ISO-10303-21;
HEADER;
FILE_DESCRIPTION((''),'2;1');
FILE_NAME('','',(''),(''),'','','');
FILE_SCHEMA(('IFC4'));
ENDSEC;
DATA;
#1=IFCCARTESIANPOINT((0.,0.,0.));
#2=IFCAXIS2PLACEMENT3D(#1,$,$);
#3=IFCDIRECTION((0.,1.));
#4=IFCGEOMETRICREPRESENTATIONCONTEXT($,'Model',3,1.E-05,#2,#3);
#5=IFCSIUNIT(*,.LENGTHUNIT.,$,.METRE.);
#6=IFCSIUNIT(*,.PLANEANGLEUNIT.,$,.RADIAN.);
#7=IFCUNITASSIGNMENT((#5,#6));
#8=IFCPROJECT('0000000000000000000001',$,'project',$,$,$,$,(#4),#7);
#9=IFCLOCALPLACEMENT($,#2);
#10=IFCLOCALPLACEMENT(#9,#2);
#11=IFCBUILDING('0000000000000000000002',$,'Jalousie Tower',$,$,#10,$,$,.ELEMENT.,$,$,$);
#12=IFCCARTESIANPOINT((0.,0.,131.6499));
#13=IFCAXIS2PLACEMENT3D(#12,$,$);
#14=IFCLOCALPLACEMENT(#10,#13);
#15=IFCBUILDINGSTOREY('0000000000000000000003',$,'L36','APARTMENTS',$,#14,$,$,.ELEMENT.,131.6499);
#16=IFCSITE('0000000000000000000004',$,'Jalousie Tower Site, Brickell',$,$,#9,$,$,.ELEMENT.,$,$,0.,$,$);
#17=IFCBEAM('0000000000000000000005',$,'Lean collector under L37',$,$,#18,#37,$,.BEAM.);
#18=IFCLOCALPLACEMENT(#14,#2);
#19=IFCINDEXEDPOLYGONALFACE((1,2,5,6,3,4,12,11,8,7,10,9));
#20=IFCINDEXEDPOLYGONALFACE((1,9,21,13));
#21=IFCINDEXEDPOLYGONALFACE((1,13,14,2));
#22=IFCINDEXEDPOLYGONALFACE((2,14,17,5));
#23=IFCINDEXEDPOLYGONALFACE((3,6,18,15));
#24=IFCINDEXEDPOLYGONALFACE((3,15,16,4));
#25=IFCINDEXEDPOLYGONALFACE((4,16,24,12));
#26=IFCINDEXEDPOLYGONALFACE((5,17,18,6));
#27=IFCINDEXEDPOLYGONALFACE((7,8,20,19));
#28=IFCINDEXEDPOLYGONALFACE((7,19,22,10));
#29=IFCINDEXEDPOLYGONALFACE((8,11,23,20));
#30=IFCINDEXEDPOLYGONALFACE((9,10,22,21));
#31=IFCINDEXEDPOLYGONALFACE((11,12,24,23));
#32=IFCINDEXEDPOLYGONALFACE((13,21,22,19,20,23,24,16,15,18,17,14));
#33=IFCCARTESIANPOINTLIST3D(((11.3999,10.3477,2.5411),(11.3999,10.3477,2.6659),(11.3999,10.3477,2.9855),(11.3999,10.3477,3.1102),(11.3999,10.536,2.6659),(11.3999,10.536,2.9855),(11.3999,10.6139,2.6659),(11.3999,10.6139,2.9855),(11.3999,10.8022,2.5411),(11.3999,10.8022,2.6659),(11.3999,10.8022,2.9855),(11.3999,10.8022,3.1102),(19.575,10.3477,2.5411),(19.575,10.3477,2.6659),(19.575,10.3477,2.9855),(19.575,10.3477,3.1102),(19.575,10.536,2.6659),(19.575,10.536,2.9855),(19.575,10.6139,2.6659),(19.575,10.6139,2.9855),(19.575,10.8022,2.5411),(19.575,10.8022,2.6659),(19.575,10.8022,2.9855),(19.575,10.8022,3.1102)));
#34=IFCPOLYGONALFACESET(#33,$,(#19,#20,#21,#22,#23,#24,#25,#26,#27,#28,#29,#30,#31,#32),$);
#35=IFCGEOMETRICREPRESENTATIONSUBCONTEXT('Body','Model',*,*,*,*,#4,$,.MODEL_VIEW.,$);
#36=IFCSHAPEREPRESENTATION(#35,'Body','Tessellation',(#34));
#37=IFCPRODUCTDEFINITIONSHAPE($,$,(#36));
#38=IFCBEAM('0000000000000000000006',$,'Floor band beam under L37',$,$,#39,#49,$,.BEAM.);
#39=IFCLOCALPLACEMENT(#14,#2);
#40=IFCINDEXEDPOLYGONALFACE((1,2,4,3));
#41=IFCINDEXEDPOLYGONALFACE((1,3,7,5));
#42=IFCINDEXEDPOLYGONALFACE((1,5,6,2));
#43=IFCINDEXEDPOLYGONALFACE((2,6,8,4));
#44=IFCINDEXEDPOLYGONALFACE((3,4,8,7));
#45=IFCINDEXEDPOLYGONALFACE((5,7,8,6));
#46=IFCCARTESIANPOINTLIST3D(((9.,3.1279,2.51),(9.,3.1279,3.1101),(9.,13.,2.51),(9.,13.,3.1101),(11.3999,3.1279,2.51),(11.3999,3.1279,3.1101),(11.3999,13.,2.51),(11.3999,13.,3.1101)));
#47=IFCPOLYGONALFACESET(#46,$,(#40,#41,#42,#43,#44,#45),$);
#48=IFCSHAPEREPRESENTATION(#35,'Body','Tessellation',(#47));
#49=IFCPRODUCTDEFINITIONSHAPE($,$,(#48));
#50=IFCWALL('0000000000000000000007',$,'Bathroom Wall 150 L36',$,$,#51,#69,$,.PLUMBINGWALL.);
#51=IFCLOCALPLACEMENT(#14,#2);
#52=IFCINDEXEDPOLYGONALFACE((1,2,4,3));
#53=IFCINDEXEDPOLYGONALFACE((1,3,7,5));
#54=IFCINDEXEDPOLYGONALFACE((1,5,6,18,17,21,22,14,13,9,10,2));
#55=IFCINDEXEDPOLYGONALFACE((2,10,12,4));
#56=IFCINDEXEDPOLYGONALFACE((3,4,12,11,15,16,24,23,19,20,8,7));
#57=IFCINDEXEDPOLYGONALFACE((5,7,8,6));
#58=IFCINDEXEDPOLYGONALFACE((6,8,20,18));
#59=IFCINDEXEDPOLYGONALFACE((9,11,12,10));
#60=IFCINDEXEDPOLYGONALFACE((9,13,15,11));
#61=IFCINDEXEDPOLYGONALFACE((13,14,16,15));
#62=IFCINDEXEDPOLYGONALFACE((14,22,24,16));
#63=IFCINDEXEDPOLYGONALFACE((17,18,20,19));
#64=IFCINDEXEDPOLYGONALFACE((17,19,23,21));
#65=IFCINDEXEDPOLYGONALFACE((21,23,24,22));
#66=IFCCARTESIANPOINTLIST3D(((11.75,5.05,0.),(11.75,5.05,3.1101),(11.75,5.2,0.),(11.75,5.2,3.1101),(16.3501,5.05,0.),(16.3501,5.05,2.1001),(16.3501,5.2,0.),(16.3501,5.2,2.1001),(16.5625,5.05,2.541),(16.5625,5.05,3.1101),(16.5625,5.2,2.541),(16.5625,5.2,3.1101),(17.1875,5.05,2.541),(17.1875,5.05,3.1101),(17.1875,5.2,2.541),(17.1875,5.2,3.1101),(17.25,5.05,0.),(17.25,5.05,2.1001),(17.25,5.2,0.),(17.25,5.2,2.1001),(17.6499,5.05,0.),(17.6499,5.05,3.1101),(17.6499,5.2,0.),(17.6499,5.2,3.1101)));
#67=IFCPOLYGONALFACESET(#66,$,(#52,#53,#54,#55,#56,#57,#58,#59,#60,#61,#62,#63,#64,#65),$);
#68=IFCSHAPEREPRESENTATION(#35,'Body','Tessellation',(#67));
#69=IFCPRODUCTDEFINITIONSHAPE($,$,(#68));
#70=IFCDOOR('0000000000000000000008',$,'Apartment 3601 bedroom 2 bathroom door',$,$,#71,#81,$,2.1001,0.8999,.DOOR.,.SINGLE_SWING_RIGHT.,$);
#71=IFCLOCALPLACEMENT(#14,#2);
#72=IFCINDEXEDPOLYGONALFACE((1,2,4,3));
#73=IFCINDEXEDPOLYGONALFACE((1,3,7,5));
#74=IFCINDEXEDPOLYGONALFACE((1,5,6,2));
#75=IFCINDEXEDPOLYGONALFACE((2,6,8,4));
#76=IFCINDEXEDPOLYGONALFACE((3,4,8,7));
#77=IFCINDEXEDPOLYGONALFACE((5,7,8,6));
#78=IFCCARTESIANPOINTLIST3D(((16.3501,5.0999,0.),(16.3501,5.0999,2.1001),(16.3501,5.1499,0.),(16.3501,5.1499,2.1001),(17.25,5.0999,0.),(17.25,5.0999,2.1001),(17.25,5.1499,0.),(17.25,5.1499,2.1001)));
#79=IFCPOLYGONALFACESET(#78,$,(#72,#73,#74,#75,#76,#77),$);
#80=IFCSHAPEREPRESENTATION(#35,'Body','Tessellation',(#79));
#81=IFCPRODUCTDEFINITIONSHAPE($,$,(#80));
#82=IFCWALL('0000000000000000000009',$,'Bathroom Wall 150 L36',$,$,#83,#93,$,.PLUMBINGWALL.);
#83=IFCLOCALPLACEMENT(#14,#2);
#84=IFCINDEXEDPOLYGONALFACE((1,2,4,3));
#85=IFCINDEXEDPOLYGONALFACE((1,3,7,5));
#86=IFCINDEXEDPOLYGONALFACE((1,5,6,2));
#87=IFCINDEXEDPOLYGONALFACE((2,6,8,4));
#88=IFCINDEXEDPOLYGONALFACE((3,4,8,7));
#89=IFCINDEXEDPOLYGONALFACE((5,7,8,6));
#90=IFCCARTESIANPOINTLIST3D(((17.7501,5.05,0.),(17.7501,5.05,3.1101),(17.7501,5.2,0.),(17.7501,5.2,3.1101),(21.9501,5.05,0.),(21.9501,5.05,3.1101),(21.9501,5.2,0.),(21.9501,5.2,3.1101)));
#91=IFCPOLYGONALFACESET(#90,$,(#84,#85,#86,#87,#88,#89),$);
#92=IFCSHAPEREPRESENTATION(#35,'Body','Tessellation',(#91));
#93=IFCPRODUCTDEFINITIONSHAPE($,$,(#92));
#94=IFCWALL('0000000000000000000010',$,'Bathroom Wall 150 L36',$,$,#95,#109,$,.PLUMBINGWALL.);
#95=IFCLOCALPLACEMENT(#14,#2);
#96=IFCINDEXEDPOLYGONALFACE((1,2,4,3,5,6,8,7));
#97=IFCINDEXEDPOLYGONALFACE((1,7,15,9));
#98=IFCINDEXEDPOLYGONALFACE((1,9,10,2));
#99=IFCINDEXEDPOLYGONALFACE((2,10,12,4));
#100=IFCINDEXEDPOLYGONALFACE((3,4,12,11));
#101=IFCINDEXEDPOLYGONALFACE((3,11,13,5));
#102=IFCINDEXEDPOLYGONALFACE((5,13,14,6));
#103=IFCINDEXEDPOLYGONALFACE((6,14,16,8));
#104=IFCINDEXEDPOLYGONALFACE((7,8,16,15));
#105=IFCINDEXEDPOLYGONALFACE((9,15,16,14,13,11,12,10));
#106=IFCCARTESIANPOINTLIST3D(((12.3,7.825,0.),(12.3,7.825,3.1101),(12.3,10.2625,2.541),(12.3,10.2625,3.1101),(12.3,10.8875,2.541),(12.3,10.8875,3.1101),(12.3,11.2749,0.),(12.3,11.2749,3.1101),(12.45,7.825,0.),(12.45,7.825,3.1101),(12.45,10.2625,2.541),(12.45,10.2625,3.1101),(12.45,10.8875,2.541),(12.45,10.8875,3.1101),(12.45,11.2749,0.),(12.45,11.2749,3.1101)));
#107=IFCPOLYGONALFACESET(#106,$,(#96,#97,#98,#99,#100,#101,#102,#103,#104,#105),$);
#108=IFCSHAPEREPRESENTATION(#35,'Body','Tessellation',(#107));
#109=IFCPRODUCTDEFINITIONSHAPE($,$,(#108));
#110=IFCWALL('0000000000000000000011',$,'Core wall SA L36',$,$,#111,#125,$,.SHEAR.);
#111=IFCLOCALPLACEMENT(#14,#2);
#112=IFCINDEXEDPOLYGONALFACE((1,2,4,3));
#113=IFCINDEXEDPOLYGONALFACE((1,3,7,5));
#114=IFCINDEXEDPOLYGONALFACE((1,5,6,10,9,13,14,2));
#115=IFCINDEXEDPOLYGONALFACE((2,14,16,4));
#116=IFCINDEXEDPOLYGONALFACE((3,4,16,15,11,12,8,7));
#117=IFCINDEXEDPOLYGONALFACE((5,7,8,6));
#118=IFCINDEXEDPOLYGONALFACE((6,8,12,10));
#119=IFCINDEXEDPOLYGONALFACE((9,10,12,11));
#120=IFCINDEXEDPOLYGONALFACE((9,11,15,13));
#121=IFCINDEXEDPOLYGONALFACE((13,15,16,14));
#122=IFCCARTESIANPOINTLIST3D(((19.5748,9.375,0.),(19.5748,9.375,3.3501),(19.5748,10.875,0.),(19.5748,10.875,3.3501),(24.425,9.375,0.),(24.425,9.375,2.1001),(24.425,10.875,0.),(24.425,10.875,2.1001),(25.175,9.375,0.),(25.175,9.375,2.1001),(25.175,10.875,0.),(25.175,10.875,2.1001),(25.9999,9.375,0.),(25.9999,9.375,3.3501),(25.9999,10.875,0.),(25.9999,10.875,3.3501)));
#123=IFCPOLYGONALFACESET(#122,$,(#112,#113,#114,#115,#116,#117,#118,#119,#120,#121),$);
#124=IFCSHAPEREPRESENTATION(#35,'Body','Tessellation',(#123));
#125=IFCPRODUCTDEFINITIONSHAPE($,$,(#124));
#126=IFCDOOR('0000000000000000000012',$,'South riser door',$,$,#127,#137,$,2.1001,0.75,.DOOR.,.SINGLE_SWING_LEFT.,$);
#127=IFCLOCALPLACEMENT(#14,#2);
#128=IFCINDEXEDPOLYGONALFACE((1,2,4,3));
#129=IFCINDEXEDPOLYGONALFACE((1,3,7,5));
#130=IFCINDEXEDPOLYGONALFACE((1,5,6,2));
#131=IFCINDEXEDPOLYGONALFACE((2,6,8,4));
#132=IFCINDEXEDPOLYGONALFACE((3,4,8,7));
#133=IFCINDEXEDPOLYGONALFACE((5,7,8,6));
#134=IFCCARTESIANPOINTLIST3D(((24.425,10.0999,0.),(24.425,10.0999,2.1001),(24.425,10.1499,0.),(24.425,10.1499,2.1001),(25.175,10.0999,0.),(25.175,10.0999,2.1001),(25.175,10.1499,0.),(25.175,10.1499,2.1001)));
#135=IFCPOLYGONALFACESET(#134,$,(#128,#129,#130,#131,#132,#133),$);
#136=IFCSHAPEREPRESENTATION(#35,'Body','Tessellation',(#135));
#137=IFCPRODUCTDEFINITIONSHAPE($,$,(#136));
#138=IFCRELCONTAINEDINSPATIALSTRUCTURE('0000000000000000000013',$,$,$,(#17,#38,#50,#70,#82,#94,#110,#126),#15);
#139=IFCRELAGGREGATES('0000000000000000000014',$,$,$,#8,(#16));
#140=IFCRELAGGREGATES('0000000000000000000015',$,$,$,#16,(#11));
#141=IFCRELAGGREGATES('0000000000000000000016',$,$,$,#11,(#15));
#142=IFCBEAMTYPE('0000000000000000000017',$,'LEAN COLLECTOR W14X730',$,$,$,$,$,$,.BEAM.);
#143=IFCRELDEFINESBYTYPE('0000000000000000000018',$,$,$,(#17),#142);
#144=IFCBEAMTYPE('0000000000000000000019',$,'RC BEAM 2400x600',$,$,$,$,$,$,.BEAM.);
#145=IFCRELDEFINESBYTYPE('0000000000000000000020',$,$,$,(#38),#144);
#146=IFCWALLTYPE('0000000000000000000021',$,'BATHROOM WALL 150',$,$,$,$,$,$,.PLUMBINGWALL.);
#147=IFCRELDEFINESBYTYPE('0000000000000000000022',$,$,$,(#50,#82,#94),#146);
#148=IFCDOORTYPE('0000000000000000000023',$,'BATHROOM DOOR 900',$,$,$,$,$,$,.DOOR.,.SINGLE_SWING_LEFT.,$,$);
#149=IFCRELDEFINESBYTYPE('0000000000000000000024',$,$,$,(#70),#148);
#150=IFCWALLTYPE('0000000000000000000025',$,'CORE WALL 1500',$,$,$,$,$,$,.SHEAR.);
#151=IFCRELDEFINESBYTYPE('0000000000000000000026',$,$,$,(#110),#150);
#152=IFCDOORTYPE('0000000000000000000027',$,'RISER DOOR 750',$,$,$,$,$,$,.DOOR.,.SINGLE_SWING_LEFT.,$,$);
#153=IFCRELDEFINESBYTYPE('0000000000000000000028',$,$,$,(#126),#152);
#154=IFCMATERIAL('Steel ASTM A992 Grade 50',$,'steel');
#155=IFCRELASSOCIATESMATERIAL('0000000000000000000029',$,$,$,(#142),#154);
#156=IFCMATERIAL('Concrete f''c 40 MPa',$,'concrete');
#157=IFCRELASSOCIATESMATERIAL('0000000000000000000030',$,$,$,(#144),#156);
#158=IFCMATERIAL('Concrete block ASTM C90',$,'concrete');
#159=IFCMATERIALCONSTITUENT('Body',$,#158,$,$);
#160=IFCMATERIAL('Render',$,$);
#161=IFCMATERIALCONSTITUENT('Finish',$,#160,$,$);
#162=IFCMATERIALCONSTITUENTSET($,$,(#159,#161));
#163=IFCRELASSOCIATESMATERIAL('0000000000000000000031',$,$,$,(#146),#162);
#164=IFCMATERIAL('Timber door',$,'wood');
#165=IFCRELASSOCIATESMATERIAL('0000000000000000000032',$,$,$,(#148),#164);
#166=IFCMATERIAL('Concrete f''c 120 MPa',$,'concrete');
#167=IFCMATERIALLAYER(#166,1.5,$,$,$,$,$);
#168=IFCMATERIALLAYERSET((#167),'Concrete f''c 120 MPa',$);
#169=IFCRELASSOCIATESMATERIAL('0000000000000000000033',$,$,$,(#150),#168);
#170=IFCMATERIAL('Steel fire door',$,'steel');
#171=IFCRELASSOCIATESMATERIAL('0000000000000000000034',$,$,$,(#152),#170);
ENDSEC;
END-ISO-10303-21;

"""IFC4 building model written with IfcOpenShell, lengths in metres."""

from ifc_helpers import new_model, si_unit, direction, frame, frame_2d, origin, origin_2d, place, context, subcontext, project, spatial, polyline, rectangle, i_section, outline, extrude, material, layer, layer_set, constituent, constituent_set, material_profile, profile_set, type_object, element, fill, save


model = new_model("IFC4")

# Units and contexts
model_context = context("Model", 3, precision=1e-05, world=origin(), true_north=direction((0.0, 1.0)))
body_context = subcontext(model_context, "Body", "Model", "MODEL_VIEW")
ifc_project = project(units=[si_unit("LENGTHUNIT", "METRE"), si_unit("PLANEANGLEUNIT", "RADIAN")], contexts=[model_context])

# Site, building, storey
site_placement = place(None, origin())
site = spatial("IfcSite", under=ifc_project, at=site_placement, Name="Jalousie Tower Site, Brickell", CompositionType="ELEMENT", RefElevation=0.0)
building_placement = place(site_placement, origin())
building = spatial("IfcBuilding", under=site, at=building_placement, Name="Jalousie Tower", CompositionType="ELEMENT")
storey_placement = place(building_placement, frame((0.0, 0.0, 131.6499)))
storey = spatial("IfcBuildingStorey", under=building, at=storey_placement, Name="L36", Description="APARTMENTS", CompositionType="ELEMENT", Elevation=131.6499)

# Beams
ifc_material_1 = material(Name="Steel ASTM A992 Grade 50", Category="steel")
ifc_material_profile_1 = material_profile(ifc_material_1, i_section(OverallWidth=0.4546, OverallDepth=0.5691, WebThickness=0.0779, FlangeThickness=0.1248, at=origin_2d()), Name="W14X730")
ifc_profile_set_1 = profile_set([ifc_material_profile_1], Name="Steel ASTM A992 Grade 50")
beam_type_1 = type_object("IfcBeamType", Name="LEAN COLLECTOR W14X730", PredefinedType="BEAM", material=ifc_profile_set_1)
beam_1_placement = place(storey_placement, frame((11.3999, 10.575, 2.8257), z_axis=(1.0, 0.0, 0.0), x_axis=(0.0, 1.0, 0.0)))
element("IfcBeam", 1, at=beam_1_placement, inside=storey, type_object=beam_type_1, Name="Lean collector under L37", PredefinedType="BEAM", context=body_context, shape_type="SweptSolid", body=[
    extrude(i_section(OverallWidth=0.4546, OverallDepth=0.5691, WebThickness=0.0779, FlangeThickness=0.1248, at=origin_2d()), origin(), (0.0, 0.0, 1.0), 8.175),
])
ifc_material_2 = material(Name="Concrete f'c 40 MPa", Category="concrete")
ifc_material_profile_2 = material_profile(ifc_material_2, rectangle(XDim=2.3999, YDim=0.6001, at=origin_2d()), Name="RC 2400x600")
ifc_profile_set_2 = profile_set([ifc_material_profile_2], Name="Concrete f'c 40 MPa")
beam_type_2 = type_object("IfcBeamType", Name="RC BEAM 2400x600", PredefinedType="BEAM", material=ifc_profile_set_2)
beam_2_placement = place(storey_placement, frame((10.2, 13.0, 2.8101), z_axis=(0.0, -1.0, 0.0), x_axis=(1.0, 0.0, 0.0)))
element("IfcBeam", 2, at=beam_2_placement, inside=storey, type_object=beam_type_2, Name="Floor band beam under L37", PredefinedType="BEAM", context=body_context, shape_type="SweptSolid", body=[
    extrude(rectangle(XDim=2.3999, YDim=0.6001, at=origin_2d()), origin(), (0.0, 0.0, 1.0), 9.8721),
])

# Wall, opening, door
ifc_material_3 = material(Name="Concrete block ASTM C90", Category="concrete")
ifc_constituent_1 = constituent(ifc_material_3, Name="Body")
ifc_material_4 = material(Name="Render")
ifc_constituent_2 = constituent(ifc_material_4, Name="Finish")
ifc_constituent_set_1 = constituent_set(constituents=[ifc_constituent_1, ifc_constituent_2])
wall_type_1 = type_object("IfcWallType", Name="BATHROOM WALL 150", PredefinedType="PLUMBINGWALL", material=ifc_constituent_set_1)
wall_1_placement = place(storey_placement, frame((11.75, 5.125, 0.0), z_axis=(0.0, 0.0, 1.0), x_axis=(1.0, 0.0, 0.0)))
wall_1 = element("IfcWall", 3, at=wall_1_placement, inside=storey, type_object=wall_type_1, Name="Bathroom Wall 150 L36", PredefinedType="PLUMBINGWALL", context=body_context, shape_type="SweptSolid", body=[
    extrude(outline(polyline([(0.0, 0.0), (5.8999, 0.0), (5.8999, 3.1101), (5.4375, 3.1101), (5.4375, 2.541), (4.8125, 2.541), (4.8125, 3.1101), (0.0, 3.1101), (0.0, 0.0)])), frame((0.0, 0.075, 0.0), z_axis=(0.0, -1.0, 0.0), x_axis=(1.0, 0.0, 0.0)), (0.0, 0.0, 1.0), 0.1499),
])
opening_1_placement = place(wall_1_placement, frame((4.6001, 0.0, 0.0)))
opening_1 = element("IfcOpeningElement", 4, at=opening_1_placement, cuts=wall_1, PredefinedType="OPENING", context=body_context, shape_type="SweptSolid", body=[
    extrude(rectangle(XDim=0.8999, YDim=2.1001, at=frame_2d((0.45, 1.05))), frame((0.0, 0.085, 0.0), z_axis=(0.0, -1.0, 0.0), x_axis=(1.0, 0.0, 0.0)), (0.0, 0.0, 1.0), 0.1699),
])
ifc_material_5 = material(Name="Timber door", Category="wood")
door_type_1 = type_object("IfcDoorType", Name="BATHROOM DOOR 900", OperationType="SINGLE_SWING_LEFT", PredefinedType="DOOR", material=ifc_material_5)
door_1_placement = place(opening_1_placement, origin())
door_1 = element("IfcDoor", 5, at=door_1_placement, inside=storey, type_object=door_type_1, Name="Apartment 3601 bedroom 2 bathroom door", OperationType="SINGLE_SWING_RIGHT", OverallHeight=2.1001, OverallWidth=0.8999, PredefinedType="DOOR", context=body_context, shape_type="SweptSolid", body=[
    extrude(rectangle(XDim=0.8999, YDim=2.1001, at=frame_2d((0.45, 1.05))), frame((0.0, 0.0249, 0.0), z_axis=(0.0, -1.0, 0.0), x_axis=(1.0, 0.0, 0.0)), (0.0, 0.0, 1.0), 0.05),
])
fill(opening_1, door_1)

# Walls
wall_2_placement = place(storey_placement, frame((17.75, 5.125, 0.0), z_axis=(0.0, 0.0, 1.0), x_axis=(1.0, 0.0, 0.0)))
element("IfcWall", 6, at=wall_2_placement, inside=storey, type_object=wall_type_1, Name="Bathroom Wall 150 L36", PredefinedType="PLUMBINGWALL", context=body_context, shape_type="SweptSolid", body=[
    extrude(rectangle(XDim=4.2, YDim=0.1499, at=frame_2d((2.1001, 0.0))), origin(), (0.0, 0.0, 1.0), 3.1101),
])
wall_3_placement = place(storey_placement, frame((12.375, 7.825, 0.0), z_axis=(0.0, 0.0, 1.0), x_axis=(0.0, 1.0, 0.0)))
element("IfcWall", 7, at=wall_3_placement, inside=storey, type_object=wall_type_1, Name="Bathroom Wall 150 L36", PredefinedType="PLUMBINGWALL", context=body_context, shape_type="SweptSolid", body=[
    extrude(outline(polyline([(0.0, 0.0), (3.45, 0.0), (3.45, 3.1101), (3.0625, 3.1101), (3.0625, 2.541), (2.4375, 2.541), (2.4375, 3.1101), (0.0, 3.1101), (0.0, 0.0)])), frame((0.0, 0.075, 0.0), z_axis=(0.0, -1.0, 0.0), x_axis=(1.0, 0.0, 0.0)), (0.0, 0.0, 1.0), 0.1499),
])

# Wall, opening, door
ifc_material_6 = material(Name="Concrete f'c 120 MPa", Category="concrete")
ifc_layer = layer(ifc_material_6, 1.5)
ifc_layer_set = layer_set([ifc_layer], Name="Concrete f'c 120 MPa")
wall_type_2 = type_object("IfcWallType", Name="CORE WALL 1500", PredefinedType="SHEAR", material=ifc_layer_set)
wall_4_placement = place(storey_placement, frame((19.575, 10.125, 0.0), z_axis=(0.0, 0.0, 1.0), x_axis=(1.0, 0.0, 0.0)))
wall_4 = element("IfcWall", 8, at=wall_4_placement, inside=storey, type_object=wall_type_2, Name="Core wall SA L36", PredefinedType="SHEAR", context=body_context, shape_type="SweptSolid", body=[
    extrude(rectangle(XDim=6.425, YDim=1.5, at=frame_2d((3.2124, 0.0))), origin(), (0.0, 0.0, 1.0), 3.3501),
])
opening_2_placement = place(wall_4_placement, frame((4.8501, 0.0, 0.0)))
opening_2 = element("IfcOpeningElement", 9, at=opening_2_placement, cuts=wall_4, PredefinedType="OPENING", context=body_context, shape_type="SweptSolid", body=[
    extrude(rectangle(XDim=0.75, YDim=2.1001, at=frame_2d((0.375, 1.05))), frame((0.0, 0.76, 0.0), z_axis=(0.0, -1.0, 0.0), x_axis=(1.0, 0.0, 0.0)), (0.0, 0.0, 1.0), 1.52),
])
ifc_material_7 = material(Name="Steel fire door", Category="steel")
door_type_2 = type_object("IfcDoorType", Name="RISER DOOR 750", OperationType="SINGLE_SWING_LEFT", PredefinedType="DOOR", material=ifc_material_7)
door_2_placement = place(opening_2_placement, origin())
door_2 = element("IfcDoor", 10, at=door_2_placement, inside=storey, type_object=door_type_2, Name="South riser door", OperationType="SINGLE_SWING_LEFT", OverallHeight=2.1001, OverallWidth=0.75, PredefinedType="DOOR", context=body_context, shape_type="SweptSolid", body=[
    extrude(rectangle(XDim=0.75, YDim=2.1001, at=frame_2d((0.375, 1.05))), frame((0.0, 0.0249, 0.0), z_axis=(0.0, -1.0, 0.0), x_axis=(1.0, 0.0, 0.0)), (0.0, 0.0, 1.0), 0.05),
])
fill(opening_2, door_2)

save(model, "model.ifc")
